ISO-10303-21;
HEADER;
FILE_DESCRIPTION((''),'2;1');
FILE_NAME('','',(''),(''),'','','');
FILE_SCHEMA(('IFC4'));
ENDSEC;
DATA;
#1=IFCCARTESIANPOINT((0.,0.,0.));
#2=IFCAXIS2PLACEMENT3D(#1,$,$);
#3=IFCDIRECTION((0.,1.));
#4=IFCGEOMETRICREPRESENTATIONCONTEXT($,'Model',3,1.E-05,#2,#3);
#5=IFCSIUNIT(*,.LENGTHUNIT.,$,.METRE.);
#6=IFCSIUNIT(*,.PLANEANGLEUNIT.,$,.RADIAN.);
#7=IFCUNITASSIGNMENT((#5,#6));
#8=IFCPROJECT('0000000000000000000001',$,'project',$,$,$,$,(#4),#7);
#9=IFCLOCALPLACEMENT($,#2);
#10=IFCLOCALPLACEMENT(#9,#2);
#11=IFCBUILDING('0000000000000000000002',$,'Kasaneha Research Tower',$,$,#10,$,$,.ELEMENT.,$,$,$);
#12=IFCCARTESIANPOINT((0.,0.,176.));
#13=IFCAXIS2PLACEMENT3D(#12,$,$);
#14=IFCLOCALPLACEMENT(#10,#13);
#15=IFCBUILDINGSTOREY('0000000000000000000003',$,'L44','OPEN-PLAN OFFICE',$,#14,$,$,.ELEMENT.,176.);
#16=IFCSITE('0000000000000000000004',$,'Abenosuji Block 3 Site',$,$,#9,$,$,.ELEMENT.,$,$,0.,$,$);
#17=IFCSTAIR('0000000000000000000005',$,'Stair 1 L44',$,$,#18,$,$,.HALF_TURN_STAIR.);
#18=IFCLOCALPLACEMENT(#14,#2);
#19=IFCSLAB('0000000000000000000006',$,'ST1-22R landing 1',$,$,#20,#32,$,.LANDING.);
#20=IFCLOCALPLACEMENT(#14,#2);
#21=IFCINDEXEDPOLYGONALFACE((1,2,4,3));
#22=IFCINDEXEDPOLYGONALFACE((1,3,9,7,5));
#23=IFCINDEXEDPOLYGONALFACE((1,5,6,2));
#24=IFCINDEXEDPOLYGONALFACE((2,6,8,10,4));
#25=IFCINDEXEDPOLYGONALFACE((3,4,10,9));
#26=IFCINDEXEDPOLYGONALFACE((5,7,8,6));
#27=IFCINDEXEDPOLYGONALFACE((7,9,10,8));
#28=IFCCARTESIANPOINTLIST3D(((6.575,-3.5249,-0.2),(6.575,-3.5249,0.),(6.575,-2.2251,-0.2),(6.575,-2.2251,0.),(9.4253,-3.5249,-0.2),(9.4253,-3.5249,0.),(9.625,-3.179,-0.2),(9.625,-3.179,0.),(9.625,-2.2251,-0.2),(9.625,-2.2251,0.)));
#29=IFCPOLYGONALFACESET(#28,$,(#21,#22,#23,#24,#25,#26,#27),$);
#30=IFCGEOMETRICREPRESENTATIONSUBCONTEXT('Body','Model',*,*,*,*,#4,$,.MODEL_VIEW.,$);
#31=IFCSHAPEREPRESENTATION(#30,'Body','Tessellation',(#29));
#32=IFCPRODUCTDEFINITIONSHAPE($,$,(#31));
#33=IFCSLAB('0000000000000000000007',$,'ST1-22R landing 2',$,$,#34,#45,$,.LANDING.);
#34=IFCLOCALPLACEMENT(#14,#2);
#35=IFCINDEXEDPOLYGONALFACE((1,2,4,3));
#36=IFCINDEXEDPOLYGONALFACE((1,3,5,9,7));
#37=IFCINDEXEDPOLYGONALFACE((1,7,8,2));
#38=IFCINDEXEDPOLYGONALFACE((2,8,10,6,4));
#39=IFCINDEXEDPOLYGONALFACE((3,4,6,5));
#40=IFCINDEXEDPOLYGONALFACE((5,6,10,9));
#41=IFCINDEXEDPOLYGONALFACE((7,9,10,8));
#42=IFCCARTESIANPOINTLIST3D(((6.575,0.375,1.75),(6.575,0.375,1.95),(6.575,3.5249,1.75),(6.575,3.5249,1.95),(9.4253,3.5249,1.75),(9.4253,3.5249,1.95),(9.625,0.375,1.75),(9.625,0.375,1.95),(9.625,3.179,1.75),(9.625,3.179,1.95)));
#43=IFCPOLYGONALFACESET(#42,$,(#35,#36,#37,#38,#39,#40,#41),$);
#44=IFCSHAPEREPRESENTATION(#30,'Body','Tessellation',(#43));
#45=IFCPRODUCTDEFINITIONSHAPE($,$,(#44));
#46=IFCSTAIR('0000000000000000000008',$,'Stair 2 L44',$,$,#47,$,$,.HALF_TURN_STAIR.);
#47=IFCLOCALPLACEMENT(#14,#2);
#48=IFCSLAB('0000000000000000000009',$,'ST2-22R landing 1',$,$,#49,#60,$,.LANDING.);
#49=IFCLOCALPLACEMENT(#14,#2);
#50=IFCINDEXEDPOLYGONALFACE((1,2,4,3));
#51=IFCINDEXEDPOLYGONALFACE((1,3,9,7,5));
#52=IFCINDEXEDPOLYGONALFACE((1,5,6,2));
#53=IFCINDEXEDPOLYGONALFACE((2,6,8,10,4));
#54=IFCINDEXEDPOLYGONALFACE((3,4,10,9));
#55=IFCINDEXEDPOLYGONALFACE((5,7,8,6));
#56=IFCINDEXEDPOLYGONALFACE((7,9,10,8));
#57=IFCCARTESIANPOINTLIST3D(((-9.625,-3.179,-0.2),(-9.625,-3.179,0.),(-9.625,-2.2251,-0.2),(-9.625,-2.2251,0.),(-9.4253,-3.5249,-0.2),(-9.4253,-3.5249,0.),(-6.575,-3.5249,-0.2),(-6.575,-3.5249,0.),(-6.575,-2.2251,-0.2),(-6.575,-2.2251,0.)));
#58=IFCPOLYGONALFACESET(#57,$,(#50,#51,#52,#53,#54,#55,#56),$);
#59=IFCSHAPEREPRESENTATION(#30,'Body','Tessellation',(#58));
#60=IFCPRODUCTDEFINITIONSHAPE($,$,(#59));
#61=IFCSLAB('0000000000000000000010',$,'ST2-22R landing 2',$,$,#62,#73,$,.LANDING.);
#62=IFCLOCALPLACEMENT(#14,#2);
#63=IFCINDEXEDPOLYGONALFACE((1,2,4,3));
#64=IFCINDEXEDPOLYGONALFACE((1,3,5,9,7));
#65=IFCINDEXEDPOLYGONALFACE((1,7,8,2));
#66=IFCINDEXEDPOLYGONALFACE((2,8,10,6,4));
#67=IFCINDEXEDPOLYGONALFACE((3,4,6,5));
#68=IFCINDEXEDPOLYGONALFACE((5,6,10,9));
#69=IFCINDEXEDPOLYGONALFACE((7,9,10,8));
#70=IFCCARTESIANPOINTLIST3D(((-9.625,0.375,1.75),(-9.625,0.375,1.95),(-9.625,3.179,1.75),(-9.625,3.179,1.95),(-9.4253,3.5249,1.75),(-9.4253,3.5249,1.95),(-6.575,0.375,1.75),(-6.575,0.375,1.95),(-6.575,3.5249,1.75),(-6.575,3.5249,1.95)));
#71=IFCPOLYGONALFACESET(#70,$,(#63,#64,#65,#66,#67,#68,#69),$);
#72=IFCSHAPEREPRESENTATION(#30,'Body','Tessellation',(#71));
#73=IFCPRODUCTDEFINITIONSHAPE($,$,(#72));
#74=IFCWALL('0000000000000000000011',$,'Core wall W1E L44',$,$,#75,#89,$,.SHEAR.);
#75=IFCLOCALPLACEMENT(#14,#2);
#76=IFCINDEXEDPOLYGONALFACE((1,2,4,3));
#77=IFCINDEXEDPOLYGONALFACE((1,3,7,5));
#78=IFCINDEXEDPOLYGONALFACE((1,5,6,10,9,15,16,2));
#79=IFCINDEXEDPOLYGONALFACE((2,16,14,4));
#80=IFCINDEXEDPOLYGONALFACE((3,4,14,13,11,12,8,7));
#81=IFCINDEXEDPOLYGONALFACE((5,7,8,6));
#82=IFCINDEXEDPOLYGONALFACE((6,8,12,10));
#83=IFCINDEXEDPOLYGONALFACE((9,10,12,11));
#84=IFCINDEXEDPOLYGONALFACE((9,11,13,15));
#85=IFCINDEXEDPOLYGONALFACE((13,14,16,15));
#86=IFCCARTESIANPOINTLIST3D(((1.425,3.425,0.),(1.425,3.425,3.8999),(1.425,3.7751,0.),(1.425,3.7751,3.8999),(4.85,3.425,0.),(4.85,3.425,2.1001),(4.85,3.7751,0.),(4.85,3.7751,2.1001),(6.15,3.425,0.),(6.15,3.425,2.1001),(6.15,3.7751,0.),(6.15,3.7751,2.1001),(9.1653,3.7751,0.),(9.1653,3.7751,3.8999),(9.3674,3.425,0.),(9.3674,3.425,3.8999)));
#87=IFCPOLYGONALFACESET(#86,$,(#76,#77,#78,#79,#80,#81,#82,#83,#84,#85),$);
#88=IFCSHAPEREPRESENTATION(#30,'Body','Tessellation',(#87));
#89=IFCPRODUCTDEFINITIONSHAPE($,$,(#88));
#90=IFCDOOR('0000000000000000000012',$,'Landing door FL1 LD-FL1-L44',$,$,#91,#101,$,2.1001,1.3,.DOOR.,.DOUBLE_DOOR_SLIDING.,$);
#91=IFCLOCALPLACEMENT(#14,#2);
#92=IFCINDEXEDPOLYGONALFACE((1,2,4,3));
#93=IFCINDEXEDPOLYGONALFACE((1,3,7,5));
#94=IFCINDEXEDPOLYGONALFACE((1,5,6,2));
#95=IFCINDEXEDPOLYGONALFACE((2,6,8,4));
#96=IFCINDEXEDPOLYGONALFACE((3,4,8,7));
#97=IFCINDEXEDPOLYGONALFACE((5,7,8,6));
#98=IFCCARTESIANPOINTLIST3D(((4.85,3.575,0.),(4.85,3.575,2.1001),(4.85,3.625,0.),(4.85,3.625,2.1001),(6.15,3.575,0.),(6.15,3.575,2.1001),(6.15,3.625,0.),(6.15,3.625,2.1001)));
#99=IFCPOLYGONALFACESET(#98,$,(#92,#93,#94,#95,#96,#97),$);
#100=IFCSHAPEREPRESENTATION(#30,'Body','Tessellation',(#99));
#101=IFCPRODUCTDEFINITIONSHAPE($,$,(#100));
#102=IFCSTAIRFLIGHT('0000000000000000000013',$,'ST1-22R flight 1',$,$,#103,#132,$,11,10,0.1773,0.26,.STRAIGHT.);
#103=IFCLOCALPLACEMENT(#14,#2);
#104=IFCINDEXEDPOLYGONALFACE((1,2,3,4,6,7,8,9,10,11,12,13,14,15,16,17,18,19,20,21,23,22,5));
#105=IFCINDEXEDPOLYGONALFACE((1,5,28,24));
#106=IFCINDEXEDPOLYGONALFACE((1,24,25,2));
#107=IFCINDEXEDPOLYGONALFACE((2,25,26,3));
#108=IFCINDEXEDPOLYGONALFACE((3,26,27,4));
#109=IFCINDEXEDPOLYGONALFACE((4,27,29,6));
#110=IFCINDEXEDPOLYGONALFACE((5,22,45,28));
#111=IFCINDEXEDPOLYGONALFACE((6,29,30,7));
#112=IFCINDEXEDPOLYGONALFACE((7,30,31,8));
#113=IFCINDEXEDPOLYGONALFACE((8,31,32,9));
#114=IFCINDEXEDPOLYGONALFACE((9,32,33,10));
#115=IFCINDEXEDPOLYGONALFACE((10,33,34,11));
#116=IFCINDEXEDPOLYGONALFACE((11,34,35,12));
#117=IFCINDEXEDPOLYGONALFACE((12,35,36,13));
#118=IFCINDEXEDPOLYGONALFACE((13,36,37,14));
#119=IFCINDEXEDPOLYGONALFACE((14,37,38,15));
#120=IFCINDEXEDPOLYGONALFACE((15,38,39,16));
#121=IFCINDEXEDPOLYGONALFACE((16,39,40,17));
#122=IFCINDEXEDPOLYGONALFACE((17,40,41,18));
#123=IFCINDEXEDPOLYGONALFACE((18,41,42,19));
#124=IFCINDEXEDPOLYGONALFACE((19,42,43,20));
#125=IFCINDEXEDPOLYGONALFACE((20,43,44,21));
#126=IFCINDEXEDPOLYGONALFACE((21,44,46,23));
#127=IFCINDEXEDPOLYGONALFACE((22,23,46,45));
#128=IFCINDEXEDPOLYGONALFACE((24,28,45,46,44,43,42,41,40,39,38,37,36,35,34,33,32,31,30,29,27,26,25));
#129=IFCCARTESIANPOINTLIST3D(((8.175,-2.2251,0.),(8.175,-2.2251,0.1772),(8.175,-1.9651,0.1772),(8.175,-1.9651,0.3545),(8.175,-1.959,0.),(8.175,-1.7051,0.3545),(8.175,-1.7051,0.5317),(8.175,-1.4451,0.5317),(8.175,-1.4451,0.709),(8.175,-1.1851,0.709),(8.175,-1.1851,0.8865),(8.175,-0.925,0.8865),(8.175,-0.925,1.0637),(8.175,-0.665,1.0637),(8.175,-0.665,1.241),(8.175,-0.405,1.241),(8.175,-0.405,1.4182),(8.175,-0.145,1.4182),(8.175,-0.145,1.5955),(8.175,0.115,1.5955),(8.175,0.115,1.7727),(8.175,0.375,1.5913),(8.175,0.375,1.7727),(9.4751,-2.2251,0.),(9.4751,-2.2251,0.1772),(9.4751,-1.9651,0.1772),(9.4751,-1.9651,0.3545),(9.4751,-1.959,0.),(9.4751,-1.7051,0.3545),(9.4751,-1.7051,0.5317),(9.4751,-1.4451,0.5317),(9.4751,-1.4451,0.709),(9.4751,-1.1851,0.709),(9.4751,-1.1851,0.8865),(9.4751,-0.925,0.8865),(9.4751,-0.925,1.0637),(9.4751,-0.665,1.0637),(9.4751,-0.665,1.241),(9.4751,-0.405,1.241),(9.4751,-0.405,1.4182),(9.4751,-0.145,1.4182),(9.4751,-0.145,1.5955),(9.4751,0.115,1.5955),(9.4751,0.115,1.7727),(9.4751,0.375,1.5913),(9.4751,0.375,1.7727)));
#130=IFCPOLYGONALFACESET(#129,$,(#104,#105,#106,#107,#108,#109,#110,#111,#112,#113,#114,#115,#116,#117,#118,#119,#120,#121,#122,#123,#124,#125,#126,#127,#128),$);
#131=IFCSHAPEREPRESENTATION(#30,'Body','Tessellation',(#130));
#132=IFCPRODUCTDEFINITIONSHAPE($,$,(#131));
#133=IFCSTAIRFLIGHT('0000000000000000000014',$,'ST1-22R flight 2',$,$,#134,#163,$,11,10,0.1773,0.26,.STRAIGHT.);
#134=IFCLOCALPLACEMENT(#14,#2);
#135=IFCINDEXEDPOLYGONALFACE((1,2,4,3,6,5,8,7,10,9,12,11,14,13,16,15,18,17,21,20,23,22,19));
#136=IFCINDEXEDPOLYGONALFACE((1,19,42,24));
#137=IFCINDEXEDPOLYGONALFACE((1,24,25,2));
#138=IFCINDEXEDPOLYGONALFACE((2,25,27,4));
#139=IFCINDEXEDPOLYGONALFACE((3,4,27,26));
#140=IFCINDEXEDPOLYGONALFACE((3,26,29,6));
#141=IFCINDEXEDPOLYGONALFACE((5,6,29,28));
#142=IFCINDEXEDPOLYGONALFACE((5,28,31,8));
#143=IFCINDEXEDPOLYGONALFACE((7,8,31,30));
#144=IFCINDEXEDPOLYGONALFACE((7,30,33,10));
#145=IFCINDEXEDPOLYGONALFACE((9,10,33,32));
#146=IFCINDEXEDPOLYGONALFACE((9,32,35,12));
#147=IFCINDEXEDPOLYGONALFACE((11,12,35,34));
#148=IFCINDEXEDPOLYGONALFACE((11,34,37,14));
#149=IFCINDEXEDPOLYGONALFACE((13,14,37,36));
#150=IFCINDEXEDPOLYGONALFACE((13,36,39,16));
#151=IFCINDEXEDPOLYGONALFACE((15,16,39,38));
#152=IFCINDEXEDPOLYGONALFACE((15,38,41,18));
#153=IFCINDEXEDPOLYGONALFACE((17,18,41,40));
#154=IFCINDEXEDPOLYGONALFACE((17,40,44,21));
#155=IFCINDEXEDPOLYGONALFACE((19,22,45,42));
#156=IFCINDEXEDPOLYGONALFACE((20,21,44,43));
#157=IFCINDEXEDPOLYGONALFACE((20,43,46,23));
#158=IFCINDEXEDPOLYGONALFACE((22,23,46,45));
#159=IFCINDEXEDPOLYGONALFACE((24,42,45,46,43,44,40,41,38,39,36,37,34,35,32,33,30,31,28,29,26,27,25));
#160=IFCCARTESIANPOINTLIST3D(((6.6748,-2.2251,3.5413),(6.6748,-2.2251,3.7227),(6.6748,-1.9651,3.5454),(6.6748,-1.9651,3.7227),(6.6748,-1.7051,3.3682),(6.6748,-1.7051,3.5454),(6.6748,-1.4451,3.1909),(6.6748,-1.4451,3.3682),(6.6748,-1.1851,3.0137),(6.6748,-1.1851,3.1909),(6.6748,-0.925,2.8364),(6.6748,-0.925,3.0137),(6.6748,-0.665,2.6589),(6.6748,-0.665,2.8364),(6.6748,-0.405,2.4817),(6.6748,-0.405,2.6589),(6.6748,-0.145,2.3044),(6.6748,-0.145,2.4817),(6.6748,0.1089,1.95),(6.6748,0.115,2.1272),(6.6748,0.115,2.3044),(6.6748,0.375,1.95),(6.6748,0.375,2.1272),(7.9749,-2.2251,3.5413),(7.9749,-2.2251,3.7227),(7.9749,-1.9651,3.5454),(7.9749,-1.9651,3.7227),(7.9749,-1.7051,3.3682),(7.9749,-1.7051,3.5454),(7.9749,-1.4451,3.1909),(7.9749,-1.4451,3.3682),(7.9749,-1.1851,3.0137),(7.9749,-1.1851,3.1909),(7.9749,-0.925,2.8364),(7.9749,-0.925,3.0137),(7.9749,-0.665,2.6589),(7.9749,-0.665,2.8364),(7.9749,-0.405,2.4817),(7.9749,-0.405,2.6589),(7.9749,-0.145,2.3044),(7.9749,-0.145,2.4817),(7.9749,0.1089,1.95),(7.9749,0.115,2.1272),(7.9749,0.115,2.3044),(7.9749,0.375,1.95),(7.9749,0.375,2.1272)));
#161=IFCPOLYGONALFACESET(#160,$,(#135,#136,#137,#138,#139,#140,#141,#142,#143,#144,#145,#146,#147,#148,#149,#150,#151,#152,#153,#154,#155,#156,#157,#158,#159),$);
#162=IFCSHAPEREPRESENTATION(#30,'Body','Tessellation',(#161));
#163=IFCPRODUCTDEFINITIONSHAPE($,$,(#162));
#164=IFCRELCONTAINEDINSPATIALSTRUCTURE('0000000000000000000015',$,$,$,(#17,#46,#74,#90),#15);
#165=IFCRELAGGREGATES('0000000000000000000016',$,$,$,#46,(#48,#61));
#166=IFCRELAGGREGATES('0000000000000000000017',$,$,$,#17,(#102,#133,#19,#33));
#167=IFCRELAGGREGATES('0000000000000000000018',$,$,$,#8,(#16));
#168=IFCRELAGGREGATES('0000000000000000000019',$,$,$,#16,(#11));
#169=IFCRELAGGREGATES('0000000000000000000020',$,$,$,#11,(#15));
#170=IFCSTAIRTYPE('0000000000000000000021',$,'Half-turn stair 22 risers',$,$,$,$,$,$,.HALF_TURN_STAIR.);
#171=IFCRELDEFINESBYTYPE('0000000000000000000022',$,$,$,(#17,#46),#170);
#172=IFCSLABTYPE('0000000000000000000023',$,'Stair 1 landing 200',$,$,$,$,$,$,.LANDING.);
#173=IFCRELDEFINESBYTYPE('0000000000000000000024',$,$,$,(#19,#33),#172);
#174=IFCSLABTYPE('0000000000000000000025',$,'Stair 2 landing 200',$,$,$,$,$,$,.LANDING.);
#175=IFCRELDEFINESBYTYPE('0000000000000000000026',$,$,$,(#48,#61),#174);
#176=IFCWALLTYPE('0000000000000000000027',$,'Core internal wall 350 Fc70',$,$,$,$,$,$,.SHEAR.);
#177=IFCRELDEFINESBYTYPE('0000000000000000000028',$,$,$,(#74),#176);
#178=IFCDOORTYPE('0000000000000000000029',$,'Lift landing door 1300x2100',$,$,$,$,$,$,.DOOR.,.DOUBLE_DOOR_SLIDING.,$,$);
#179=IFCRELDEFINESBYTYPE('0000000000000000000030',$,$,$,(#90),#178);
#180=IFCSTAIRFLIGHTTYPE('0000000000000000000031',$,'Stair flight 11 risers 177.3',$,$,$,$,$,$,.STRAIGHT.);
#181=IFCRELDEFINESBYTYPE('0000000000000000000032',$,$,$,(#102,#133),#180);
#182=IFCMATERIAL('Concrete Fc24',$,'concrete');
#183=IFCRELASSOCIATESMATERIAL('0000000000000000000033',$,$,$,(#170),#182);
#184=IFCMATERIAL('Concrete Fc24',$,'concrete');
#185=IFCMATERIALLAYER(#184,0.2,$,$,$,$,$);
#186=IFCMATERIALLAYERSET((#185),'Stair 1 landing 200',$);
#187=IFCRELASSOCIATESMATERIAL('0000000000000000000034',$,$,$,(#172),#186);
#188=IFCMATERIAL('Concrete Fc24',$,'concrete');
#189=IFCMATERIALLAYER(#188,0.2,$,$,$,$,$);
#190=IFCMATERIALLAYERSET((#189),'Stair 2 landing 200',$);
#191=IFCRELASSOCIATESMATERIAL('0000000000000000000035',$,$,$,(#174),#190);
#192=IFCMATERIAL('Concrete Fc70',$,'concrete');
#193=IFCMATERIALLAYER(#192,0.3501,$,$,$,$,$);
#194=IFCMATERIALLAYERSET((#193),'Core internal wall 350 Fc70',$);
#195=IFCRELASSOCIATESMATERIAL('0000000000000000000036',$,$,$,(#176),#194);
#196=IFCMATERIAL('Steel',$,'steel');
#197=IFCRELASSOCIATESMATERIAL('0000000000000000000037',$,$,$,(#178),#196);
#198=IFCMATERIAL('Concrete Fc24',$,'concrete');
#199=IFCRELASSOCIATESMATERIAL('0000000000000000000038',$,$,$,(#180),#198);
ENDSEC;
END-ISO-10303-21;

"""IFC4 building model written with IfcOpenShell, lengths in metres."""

from ifc_helpers import new_model, si_unit, direction, frame, frame_2d, origin, place, context, subcontext, project, spatial, polyline, rectangle, outline, extrude, material, layer, layer_set, type_object, element, fill, aggregate, save


model = new_model("IFC4")

# Units and contexts
model_context = context("Model", 3, precision=1e-05, world=origin(), true_north=direction((0.0, 1.0)))
body_context = subcontext(model_context, "Body", "Model", "MODEL_VIEW")
ifc_project = project(units=[si_unit("LENGTHUNIT", "METRE"), si_unit("PLANEANGLEUNIT", "RADIAN")], contexts=[model_context])

# Site, building, storey
site_placement = place(None, origin())
site = spatial("IfcSite", under=ifc_project, at=site_placement, Name="Abenosuji Block 3 Site", CompositionType="ELEMENT", RefElevation=0.0)
building_placement = place(site_placement, origin())
building = spatial("IfcBuilding", under=site, at=building_placement, Name="Kasaneha Research Tower", CompositionType="ELEMENT")
storey_placement = place(building_placement, frame((0.0, 0.0, 176.0)))
storey = spatial("IfcBuildingStorey", under=building, at=storey_placement, Name="L44", Description="OPEN-PLAN OFFICE", CompositionType="ELEMENT", Elevation=176.0)

# Stairs, slabs
ifc_material_1 = material(Name="Concrete Fc24", Category="concrete")
stair_type = type_object("IfcStairType", Name="Half-turn stair 22 risers", PredefinedType="HALF_TURN_STAIR", material=ifc_material_1)
stair_1_placement = place(storey_placement, origin())
stair_1 = element("IfcStair", 1, at=stair_1_placement, inside=storey, type_object=stair_type, Name="Stair 1 L44", PredefinedType="HALF_TURN_STAIR")
ifc_material_2 = material(Name="Concrete Fc24", Category="concrete")
ifc_layer_1 = layer(ifc_material_2, 0.2)
ifc_layer_set_1 = layer_set([ifc_layer_1], Name="Stair 1 landing 200")
slab_type_1 = type_object("IfcSlabType", Name="Stair 1 landing 200", PredefinedType="LANDING", material=ifc_layer_set_1)
slab_1_placement = place(storey_placement, frame((0.0, 0.0, -0.2)))
slab_1 = element("IfcSlab", 2, at=slab_1_placement, type_object=slab_type_1, Name="ST1-22R landing 1", PredefinedType="LANDING", context=body_context, shape_type="SweptSolid", body=[
    extrude(outline(polyline([(9.4253, -3.5249), (6.575, -3.5249), (6.575, -2.2251), (9.625, -2.2251), (9.625, -3.179), (9.4253, -3.5249)])), origin(), (0.0, 0.0, 1.0), 0.2),
])
slab_2_placement = place(storey_placement, frame((0.0, 0.0, 1.75)))
slab_2 = element("IfcSlab", 3, at=slab_2_placement, type_object=slab_type_1, Name="ST1-22R landing 2", PredefinedType="LANDING", context=body_context, shape_type="SweptSolid", body=[
    extrude(outline(polyline([(6.575, 3.5249), (9.4253, 3.5249), (9.625, 3.179), (9.625, 0.375), (6.575, 0.375), (6.575, 3.5249)])), origin(), (0.0, 0.0, 1.0), 0.2),
])
stair_2_placement = place(storey_placement, origin())
stair_2 = element("IfcStair", 4, at=stair_2_placement, inside=storey, type_object=stair_type, Name="Stair 2 L44", PredefinedType="HALF_TURN_STAIR")
ifc_material_3 = material(Name="Concrete Fc24", Category="concrete")
ifc_layer_2 = layer(ifc_material_3, 0.2)
ifc_layer_set_2 = layer_set([ifc_layer_2], Name="Stair 2 landing 200")
slab_type_2 = type_object("IfcSlabType", Name="Stair 2 landing 200", PredefinedType="LANDING", material=ifc_layer_set_2)
slab_3_placement = place(storey_placement, frame((0.0, 0.0, -0.2)))
slab_3 = element("IfcSlab", 5, at=slab_3_placement, type_object=slab_type_2, Name="ST2-22R landing 1", PredefinedType="LANDING", context=body_context, shape_type="SweptSolid", body=[
    extrude(outline(polyline([(-6.575, -3.5249), (-9.4253, -3.5249), (-9.625, -3.179), (-9.625, -2.2251), (-6.575, -2.2251), (-6.575, -3.5249)])), origin(), (0.0, 0.0, 1.0), 0.2),
])
slab_4_placement = place(storey_placement, frame((0.0, 0.0, 1.75)))
slab_4 = element("IfcSlab", 6, at=slab_4_placement, type_object=slab_type_2, Name="ST2-22R landing 2", PredefinedType="LANDING", context=body_context, shape_type="SweptSolid", body=[
    extrude(outline(polyline([(-6.575, 0.375), (-9.625, 0.375), (-9.625, 3.179), (-9.4253, 3.5249), (-6.575, 3.5249), (-6.575, 0.375)])), origin(), (0.0, 0.0, 1.0), 0.2),
])
aggregate(stair_2, [slab_3, slab_4])

# Wall, opening, door
ifc_material_4 = material(Name="Concrete Fc70", Category="concrete")
ifc_layer_3 = layer(ifc_material_4, 0.3501)
ifc_layer_set_3 = layer_set([ifc_layer_3], Name="Core internal wall 350 Fc70")
wall_type = type_object("IfcWallType", Name="Core internal wall 350 Fc70", PredefinedType="SHEAR", material=ifc_layer_set_3)
wall_placement = place(storey_placement, frame((1.425, 3.6001, 0.0), z_axis=(0.0, 0.0, 1.0), x_axis=(1.0, 0.0, 0.0)))
wall = element("IfcWall", 7, at=wall_placement, inside=storey, type_object=wall_type, Name="Core wall W1E L44", PredefinedType="SHEAR", context=body_context, shape_type="SweptSolid", body=[
    extrude(outline(polyline([(0.0, -0.175), (3.425, -0.175), (4.7251, -0.175), (7.9424, -0.175), (7.7402, 0.175), (4.7251, 0.175), (3.425, 0.175), (0.0, 0.175), (0.0, -0.175)])), origin(), (0.0, 0.0, 1.0), 3.8999),
])
opening_placement = place(wall_placement, frame((3.425, 0.0, 0.0)))
opening = element("IfcOpeningElement", 8, at=opening_placement, cuts=wall, PredefinedType="OPENING", context=body_context, shape_type="SweptSolid", body=[
    extrude(rectangle(XDim=1.3, YDim=2.1001, at=frame_2d((0.6499, 1.05))), frame((0.0, 0.1851, 0.0), z_axis=(0.0, -1.0, 0.0), x_axis=(1.0, 0.0, 0.0)), (0.0, 0.0, 1.0), 0.3701),
])
ifc_material_5 = material(Name="Steel", Category="steel")
door_type = type_object("IfcDoorType", Name="Lift landing door 1300x2100", OperationType="DOUBLE_DOOR_SLIDING", PredefinedType="DOOR", material=ifc_material_5)
door_placement = place(opening_placement, origin())
door = element("IfcDoor", 9, at=door_placement, inside=storey, type_object=door_type, Name="Landing door FL1 LD-FL1-L44", OperationType="DOUBLE_DOOR_SLIDING", OverallHeight=2.1001, OverallWidth=1.3, PredefinedType="DOOR", context=body_context, shape_type="SweptSolid", body=[
    extrude(rectangle(XDim=1.3, YDim=2.1001, at=frame_2d((0.6499, 1.05))), frame((0.0, 0.0249, 0.0), z_axis=(0.0, -1.0, 0.0), x_axis=(1.0, 0.0, 0.0)), (0.0, 0.0, 1.0), 0.05),
])
fill(opening, door)

# Stair flights
ifc_material_6 = material(Name="Concrete Fc24", Category="concrete")
stair_flight_type = type_object("IfcStairFlightType", Name="Stair flight 11 risers 177.3", PredefinedType="STRAIGHT", material=ifc_material_6)
stair_flight_1_placement = place(storey_placement, frame((8.825, -2.2251, 0.0), z_axis=(0.0, 0.0, 1.0), x_axis=(0.0, 1.0, 0.0)))
stair_flight_1 = element("IfcStairFlight", 10, at=stair_flight_1_placement, type_object=stair_flight_type, Name="ST1-22R flight 1", NumberOfRisers=11, NumberOfTreads=10, PredefinedType="STRAIGHT", RiserHeight=0.1773, TreadLength=0.26, context=body_context, shape_type="SweptSolid", body=[
    extrude(outline(polyline([(0.0, 0.0), (0.0, 0.1772), (0.26, 0.1772), (0.26, 0.3545), (0.52, 0.3545), (0.52, 0.5317), (0.78, 0.5317), (0.78, 0.709), (1.04, 0.709), (1.04, 0.8865), (1.3, 0.8865), (1.3, 1.0637), (1.5601, 1.0637), (1.5601, 1.241), (1.8201, 1.241), (1.8201, 1.4182), (2.0801, 1.4182), (2.0801, 1.5955), (2.3401, 1.5955), (2.3401, 1.7727), (2.6001, 1.7727), (2.6001, 1.95), (2.6001, 1.5913), (0.2661, 0.0), (0.0, 0.0)])), frame((0.0, 0.6499, 0.0), z_axis=(0.0, -1.0, 0.0), x_axis=(1.0, 0.0, 0.0)), (0.0, 0.0, 1.0), 1.3),
])
stair_flight_2_placement = place(storey_placement, frame((7.325, 0.375, 1.95), z_axis=(0.0, 0.0, 1.0), x_axis=(0.0, -1.0, 0.0)))
stair_flight_2 = element("IfcStairFlight", 11, at=stair_flight_2_placement, type_object=stair_flight_type, Name="ST1-22R flight 2", NumberOfRisers=11, NumberOfTreads=10, PredefinedType="STRAIGHT", RiserHeight=0.1773, TreadLength=0.26, context=body_context, shape_type="SweptSolid", body=[
    extrude(outline(polyline([(0.0, 0.0), (0.0, 0.1772), (0.26, 0.1772), (0.26, 0.3545), (0.52, 0.3545), (0.52, 0.5317), (0.78, 0.5317), (0.78, 0.709), (1.04, 0.709), (1.04, 0.8865), (1.3, 0.8865), (1.3, 1.0637), (1.5601, 1.0637), (1.5601, 1.241), (1.8201, 1.241), (1.8201, 1.4182), (2.0801, 1.4182), (2.0801, 1.5955), (2.3401, 1.5955), (2.3401, 1.7727), (2.6001, 1.7727), (2.6001, 1.95), (2.6001, 1.5913), (0.2661, 0.0), (0.0, 0.0)])), frame((0.0, 0.6499, 0.0), z_axis=(0.0, -1.0, 0.0), x_axis=(1.0, 0.0, 0.0)), (0.0, 0.0, 1.0), 1.3),
])
aggregate(stair_1, [stair_flight_1, stair_flight_2, slab_1, slab_2])

save(model, "model.ifc")
